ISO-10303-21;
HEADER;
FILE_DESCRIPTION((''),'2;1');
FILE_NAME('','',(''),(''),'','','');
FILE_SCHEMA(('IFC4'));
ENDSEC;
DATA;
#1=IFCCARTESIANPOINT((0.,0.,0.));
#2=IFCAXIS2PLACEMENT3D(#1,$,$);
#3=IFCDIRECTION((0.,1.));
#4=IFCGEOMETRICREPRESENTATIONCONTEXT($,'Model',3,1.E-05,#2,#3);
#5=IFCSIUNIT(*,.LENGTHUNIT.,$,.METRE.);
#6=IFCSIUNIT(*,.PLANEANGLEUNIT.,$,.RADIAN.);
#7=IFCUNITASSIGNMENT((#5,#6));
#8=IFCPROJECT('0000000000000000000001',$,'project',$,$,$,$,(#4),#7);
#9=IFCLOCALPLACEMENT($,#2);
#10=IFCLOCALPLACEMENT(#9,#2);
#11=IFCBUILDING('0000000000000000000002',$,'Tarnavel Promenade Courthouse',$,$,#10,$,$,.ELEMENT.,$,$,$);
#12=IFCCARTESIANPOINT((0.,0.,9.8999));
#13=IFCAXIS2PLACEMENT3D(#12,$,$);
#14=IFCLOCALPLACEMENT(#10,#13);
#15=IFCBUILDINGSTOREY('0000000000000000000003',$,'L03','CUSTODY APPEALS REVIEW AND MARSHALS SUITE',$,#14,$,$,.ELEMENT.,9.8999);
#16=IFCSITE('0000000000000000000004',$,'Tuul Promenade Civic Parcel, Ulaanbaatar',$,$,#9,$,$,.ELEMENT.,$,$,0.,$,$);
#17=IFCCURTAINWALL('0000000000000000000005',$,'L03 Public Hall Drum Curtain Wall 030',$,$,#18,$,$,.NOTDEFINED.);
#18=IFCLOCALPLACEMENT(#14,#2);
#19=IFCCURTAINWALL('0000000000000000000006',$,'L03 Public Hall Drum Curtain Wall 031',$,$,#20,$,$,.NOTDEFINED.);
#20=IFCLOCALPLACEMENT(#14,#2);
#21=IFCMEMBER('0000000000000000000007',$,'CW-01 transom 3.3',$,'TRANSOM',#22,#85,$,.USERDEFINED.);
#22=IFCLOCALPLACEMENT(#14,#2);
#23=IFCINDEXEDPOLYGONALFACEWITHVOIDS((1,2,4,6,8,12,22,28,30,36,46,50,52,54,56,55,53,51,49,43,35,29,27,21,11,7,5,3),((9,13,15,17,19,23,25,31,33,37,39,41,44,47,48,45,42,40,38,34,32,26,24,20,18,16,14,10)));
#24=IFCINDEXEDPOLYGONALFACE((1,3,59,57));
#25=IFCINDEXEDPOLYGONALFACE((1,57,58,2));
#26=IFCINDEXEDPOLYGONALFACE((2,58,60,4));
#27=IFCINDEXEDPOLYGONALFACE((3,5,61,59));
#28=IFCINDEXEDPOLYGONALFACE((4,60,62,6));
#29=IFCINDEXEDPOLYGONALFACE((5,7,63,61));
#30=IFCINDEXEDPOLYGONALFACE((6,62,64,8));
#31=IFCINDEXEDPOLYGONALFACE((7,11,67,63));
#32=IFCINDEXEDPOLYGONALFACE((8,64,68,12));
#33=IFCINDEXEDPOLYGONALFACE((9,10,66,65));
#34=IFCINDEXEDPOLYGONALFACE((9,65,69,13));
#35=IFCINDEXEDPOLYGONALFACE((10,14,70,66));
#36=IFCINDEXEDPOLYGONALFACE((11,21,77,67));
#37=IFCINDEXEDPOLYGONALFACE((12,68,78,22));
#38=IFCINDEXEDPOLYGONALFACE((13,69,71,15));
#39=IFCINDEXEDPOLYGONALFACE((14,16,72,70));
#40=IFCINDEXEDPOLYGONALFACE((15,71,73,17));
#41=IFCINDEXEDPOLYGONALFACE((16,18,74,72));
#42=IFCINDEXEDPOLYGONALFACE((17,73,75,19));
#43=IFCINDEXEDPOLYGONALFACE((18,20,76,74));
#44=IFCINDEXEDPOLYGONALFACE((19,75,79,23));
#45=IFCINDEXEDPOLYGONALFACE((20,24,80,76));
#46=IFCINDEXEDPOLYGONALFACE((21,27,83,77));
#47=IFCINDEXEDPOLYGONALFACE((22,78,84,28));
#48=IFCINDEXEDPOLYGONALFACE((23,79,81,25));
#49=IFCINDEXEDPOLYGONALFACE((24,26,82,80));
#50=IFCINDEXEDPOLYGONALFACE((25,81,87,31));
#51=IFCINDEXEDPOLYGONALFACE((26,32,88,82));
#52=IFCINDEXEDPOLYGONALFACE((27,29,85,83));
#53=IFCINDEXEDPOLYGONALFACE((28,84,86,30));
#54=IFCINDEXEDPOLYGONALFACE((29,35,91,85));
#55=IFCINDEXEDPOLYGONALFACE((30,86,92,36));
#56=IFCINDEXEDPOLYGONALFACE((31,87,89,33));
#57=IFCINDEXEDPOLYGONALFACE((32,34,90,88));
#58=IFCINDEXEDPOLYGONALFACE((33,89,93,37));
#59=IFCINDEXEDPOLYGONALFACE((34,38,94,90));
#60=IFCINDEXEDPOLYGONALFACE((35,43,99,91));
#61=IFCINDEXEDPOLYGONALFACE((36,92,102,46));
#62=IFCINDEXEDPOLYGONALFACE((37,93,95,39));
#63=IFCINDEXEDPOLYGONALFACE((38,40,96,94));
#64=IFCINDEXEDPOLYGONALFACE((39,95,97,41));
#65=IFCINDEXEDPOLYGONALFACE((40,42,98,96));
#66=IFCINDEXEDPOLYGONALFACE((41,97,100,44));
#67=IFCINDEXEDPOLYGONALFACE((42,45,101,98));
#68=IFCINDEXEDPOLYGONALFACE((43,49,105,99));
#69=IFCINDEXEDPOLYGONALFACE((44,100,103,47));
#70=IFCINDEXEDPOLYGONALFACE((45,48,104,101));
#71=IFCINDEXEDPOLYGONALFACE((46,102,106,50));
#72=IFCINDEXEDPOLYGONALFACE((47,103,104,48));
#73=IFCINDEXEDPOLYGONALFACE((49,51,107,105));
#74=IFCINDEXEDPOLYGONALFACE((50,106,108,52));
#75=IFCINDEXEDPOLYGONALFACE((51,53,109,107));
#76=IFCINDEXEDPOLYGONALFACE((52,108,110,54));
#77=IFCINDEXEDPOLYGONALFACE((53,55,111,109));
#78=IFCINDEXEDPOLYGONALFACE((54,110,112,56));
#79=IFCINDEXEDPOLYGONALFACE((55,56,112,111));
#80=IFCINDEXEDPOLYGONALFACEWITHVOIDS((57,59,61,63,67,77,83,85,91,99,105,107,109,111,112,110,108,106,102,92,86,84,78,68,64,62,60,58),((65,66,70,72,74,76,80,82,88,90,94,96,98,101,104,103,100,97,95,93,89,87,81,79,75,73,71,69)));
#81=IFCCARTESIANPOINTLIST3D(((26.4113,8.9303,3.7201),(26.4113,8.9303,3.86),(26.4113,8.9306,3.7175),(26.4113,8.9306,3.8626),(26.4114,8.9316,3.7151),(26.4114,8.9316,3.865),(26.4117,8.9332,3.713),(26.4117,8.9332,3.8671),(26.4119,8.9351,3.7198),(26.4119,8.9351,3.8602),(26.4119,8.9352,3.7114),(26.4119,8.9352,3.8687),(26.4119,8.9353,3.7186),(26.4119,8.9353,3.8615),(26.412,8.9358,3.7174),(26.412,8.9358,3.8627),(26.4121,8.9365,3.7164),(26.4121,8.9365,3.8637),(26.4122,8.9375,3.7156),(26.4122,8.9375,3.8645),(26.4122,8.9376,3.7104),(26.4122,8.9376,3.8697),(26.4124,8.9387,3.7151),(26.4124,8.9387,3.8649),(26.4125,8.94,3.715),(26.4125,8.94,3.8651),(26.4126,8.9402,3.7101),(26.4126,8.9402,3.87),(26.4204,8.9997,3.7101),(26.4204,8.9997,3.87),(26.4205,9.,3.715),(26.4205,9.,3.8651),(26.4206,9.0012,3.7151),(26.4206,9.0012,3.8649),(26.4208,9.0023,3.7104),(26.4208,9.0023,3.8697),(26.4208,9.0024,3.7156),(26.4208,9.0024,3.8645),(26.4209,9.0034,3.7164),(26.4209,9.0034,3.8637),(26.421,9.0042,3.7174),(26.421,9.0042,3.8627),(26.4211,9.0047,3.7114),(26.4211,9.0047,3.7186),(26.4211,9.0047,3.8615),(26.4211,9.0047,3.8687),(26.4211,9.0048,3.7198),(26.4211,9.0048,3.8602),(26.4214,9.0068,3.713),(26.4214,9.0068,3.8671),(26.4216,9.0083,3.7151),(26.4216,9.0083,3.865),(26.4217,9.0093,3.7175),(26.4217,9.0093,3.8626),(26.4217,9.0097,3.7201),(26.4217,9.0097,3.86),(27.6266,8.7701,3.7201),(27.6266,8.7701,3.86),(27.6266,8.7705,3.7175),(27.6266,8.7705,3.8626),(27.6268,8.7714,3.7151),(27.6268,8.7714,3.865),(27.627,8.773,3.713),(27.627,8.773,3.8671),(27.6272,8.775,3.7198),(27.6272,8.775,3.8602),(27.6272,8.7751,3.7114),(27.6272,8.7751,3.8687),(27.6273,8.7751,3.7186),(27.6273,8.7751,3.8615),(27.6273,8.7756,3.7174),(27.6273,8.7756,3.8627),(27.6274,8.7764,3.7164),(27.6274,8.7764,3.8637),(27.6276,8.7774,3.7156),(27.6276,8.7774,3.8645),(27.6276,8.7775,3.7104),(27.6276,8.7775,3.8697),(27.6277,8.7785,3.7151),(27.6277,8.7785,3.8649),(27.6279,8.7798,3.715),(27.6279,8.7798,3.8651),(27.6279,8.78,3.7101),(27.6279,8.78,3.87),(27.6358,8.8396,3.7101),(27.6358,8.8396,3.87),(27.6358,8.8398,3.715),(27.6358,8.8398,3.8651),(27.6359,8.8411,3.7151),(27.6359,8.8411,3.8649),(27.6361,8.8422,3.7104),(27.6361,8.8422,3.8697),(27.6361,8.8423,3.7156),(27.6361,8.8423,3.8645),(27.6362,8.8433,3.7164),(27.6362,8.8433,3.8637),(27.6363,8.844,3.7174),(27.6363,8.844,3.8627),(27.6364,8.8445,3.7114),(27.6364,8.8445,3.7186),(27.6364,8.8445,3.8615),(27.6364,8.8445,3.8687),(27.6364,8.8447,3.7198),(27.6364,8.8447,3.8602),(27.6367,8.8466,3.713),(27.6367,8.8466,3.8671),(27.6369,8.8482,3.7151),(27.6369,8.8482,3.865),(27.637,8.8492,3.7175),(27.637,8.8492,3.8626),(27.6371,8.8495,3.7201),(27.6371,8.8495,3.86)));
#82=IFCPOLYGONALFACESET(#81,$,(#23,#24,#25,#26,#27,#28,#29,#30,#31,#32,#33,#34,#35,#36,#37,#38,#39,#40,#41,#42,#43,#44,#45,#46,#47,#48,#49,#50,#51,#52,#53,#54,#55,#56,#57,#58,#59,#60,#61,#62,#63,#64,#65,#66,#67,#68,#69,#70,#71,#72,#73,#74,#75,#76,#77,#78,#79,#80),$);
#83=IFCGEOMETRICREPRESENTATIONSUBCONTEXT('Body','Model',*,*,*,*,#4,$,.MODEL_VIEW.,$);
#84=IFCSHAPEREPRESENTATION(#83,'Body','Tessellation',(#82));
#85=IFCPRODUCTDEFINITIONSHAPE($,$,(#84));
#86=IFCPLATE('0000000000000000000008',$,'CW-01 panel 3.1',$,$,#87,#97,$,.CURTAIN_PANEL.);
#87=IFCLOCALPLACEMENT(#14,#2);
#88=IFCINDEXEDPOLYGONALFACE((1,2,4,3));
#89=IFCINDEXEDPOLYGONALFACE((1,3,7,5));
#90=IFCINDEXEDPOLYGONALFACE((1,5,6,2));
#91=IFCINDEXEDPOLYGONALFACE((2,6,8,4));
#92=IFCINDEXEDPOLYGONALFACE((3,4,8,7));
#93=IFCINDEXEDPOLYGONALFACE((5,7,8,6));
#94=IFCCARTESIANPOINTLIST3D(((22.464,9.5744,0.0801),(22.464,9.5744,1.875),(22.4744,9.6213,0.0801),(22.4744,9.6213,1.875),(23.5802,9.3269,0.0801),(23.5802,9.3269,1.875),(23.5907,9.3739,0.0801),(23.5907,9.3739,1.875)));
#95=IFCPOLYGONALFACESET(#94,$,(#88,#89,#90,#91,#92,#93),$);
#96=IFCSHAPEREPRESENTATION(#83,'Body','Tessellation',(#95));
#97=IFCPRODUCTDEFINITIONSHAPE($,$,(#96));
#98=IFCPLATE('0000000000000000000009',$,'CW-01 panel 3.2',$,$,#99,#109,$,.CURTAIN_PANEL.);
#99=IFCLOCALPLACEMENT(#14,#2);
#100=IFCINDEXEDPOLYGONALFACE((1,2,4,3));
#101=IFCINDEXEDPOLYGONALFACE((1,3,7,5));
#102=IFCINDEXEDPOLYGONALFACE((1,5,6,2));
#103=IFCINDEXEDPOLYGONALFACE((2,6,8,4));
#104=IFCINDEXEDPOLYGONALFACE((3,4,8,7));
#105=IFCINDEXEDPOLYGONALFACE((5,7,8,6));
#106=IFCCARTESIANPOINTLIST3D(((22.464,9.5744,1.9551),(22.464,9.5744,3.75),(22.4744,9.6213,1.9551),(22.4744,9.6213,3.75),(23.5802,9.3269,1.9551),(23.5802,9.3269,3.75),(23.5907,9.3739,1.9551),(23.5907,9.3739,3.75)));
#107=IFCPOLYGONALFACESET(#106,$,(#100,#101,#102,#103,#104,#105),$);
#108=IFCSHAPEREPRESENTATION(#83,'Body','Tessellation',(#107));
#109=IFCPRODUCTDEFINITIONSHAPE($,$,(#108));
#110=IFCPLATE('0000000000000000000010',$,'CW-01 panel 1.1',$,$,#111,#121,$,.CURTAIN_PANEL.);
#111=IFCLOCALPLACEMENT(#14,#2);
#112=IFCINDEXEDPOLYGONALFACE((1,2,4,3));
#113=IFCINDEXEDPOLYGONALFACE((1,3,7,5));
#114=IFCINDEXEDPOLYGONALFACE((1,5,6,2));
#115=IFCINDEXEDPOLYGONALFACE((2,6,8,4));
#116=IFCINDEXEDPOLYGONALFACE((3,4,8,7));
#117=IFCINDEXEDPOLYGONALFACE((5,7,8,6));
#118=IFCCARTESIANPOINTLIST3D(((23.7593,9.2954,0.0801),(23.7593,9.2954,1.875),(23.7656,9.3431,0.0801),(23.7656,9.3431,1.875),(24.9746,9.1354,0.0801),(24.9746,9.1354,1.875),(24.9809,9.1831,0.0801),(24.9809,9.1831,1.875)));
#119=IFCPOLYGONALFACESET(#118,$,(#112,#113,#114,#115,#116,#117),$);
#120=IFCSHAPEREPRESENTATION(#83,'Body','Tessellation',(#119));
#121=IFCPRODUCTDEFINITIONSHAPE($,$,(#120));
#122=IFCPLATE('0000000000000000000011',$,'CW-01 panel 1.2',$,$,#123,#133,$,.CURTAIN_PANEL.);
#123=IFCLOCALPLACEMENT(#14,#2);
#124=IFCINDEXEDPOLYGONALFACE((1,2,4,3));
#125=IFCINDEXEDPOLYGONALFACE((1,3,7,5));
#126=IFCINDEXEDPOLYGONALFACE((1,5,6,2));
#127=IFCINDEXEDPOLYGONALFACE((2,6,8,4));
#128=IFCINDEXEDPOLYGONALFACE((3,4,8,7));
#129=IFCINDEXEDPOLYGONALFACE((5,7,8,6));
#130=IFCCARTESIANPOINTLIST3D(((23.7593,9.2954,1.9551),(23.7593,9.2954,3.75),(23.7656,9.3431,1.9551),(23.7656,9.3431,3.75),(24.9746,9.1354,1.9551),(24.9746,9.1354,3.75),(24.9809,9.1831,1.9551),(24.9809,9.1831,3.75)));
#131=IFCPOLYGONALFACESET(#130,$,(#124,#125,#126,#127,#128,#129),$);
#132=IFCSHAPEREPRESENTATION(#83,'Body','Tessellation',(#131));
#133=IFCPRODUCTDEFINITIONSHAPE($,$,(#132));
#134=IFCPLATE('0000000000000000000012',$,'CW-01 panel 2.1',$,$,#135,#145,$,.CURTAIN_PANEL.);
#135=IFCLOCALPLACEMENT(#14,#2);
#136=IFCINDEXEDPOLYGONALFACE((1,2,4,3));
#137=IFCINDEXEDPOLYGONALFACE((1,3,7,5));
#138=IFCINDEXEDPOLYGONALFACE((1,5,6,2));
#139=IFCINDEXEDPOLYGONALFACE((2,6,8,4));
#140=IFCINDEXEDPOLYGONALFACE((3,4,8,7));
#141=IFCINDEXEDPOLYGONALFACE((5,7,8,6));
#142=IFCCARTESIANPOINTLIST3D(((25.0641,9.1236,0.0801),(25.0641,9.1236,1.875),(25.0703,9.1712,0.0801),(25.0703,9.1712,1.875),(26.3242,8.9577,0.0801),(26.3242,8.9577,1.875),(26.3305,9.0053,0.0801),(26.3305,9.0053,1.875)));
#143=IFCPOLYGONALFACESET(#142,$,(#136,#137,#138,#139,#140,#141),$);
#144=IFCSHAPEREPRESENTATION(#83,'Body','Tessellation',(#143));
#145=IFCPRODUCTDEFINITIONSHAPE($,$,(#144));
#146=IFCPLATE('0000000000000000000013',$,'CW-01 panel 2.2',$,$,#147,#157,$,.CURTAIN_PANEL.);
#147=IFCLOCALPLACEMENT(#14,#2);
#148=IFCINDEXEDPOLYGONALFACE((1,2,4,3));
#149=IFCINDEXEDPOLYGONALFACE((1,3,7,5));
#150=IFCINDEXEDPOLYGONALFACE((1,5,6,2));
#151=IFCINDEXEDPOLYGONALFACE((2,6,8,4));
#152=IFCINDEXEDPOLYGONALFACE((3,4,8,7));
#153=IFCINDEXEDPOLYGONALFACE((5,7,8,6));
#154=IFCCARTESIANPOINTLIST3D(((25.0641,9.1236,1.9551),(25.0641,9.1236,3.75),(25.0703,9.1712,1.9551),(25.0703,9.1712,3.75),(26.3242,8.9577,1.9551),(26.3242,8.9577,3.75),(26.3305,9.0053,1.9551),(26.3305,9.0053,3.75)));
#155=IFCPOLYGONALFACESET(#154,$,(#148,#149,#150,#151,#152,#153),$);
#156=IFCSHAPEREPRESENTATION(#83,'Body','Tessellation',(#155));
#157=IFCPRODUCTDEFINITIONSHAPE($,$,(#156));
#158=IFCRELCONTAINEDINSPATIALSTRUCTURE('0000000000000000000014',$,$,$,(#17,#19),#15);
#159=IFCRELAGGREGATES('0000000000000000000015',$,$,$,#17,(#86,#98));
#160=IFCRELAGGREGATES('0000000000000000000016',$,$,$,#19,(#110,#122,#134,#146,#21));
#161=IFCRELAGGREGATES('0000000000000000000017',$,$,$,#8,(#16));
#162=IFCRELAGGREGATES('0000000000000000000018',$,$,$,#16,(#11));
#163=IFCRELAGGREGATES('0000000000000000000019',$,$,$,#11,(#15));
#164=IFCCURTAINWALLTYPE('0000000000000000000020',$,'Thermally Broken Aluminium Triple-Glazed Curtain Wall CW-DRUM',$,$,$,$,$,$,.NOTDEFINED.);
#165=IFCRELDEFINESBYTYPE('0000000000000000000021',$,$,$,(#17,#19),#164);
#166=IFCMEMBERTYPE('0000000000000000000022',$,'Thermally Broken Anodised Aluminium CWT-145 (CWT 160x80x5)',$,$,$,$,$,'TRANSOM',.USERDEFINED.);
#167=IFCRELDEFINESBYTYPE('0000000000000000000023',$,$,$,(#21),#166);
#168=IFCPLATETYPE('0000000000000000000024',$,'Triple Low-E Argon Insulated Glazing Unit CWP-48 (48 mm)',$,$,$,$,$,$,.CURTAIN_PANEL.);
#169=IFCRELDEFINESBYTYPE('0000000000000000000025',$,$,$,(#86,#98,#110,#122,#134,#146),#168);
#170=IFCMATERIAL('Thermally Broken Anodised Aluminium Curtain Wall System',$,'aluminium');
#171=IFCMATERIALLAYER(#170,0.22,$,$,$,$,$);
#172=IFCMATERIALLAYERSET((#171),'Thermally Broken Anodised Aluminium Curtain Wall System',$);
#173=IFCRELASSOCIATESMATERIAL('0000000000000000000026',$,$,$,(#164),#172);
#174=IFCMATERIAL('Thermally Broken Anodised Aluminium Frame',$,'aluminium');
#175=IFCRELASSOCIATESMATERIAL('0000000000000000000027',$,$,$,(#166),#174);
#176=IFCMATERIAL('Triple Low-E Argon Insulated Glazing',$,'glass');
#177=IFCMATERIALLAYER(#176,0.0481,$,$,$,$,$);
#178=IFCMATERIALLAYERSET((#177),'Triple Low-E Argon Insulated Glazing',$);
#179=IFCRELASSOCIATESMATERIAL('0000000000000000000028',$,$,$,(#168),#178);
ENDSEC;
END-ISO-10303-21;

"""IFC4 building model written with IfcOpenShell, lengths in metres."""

from ifc_helpers import new_model, si_unit, direction, frame, origin, origin_2d, place, context, subcontext, project, spatial, rectangle, hollow_rectangle, extrude, material, layer, layer_set, material_profile, profile_set, type_object, element, aggregate, save


model = new_model("IFC4")

# Units and contexts
model_context = context("Model", 3, precision=1e-05, world=origin(), true_north=direction((0.0, 1.0)))
body_context = subcontext(model_context, "Body", "Model", "MODEL_VIEW")
ifc_project = project(units=[si_unit("LENGTHUNIT", "METRE"), si_unit("PLANEANGLEUNIT", "RADIAN")], contexts=[model_context])

# Site, building, storey
site_placement = place(None, origin())
site = spatial("IfcSite", under=ifc_project, at=site_placement, Name="Tuul Promenade Civic Parcel, Ulaanbaatar", CompositionType="ELEMENT", RefElevation=0.0)
building_placement = place(site_placement, origin())
building = spatial("IfcBuilding", under=site, at=building_placement, Name="Tarnavel Promenade Courthouse", CompositionType="ELEMENT")
storey_placement = place(building_placement, frame((0.0, 0.0, 9.8999)))
storey = spatial("IfcBuildingStorey", under=building, at=storey_placement, Name="L03", Description="CUSTODY APPEALS REVIEW AND MARSHALS SUITE", CompositionType="ELEMENT", Elevation=9.8999)

# Curtain wall
ifc_material_1 = material(Name="Thermally Broken Anodised Aluminium Curtain Wall System", Category="aluminium")
ifc_layer_1 = layer(ifc_material_1, 0.22)
ifc_layer_set_1 = layer_set([ifc_layer_1], Name="Thermally Broken Anodised Aluminium Curtain Wall System")
curtain_wall_type = type_object("IfcCurtainWallType", Name="Thermally Broken Aluminium Triple-Glazed Curtain Wall CW-DRUM", PredefinedType="NOTDEFINED", material=ifc_layer_set_1)
curtain_wall_1_placement = place(storey_placement, origin())
curtain_wall_1 = element("IfcCurtainWall", 1, at=curtain_wall_1_placement, inside=storey, type_object=curtain_wall_type, Name="L03 Public Hall Drum Curtain Wall 030", PredefinedType="NOTDEFINED")
ifc_material_2 = material(Name="Thermally Broken Anodised Aluminium Frame", Category="aluminium")

# Curtain wall
curtain_wall_2_placement = place(storey_placement, origin())
curtain_wall_2 = element("IfcCurtainWall", 2, at=curtain_wall_2_placement, inside=storey, type_object=curtain_wall_type, Name="L03 Public Hall Drum Curtain Wall 031", PredefinedType="NOTDEFINED")

# Member
ifc_material_profile_1 = material_profile(ifc_material_2, hollow_rectangle(XDim=0.0801, YDim=0.1599, WallThickness=0.0049, InnerFilletRadius=0.0049, OuterFilletRadius=0.01, at=origin_2d()), Name="CWT 160x80x5")
ifc_profile_set_1 = profile_set([ifc_material_profile_1], Name="Thermally Broken Anodised Aluminium Frame")
member_type_1 = type_object("IfcMemberType", Name="Thermally Broken Anodised Aluminium CWT-145 (CWT 160x80x5)", ElementType="TRANSOM", PredefinedType="USERDEFINED", material=ifc_profile_set_1)
member_1_placement = place(storey_placement, frame((26.4165, 8.97, 3.79), z_axis=(0.991429, -0.13065, 0.0), x_axis=(0.13065, 0.991429, 0.0)))
member_1 = element("IfcMember", 3, at=member_1_placement, type_object=member_type_1, Name="CW-01 transom 3.3", ObjectType="TRANSOM", PredefinedType="USERDEFINED", context=body_context, shape_type="SweptSolid", body=[
    extrude(hollow_rectangle(XDim=0.0801, YDim=0.1599, WallThickness=0.0049, InnerFilletRadius=0.0049, OuterFilletRadius=0.01, at=origin_2d()), origin(), (0.0, 0.0, 1.0), 1.2258),
])

# Plates
ifc_material_3 = material(Name="Triple Low-E Argon Insulated Glazing", Category="glass")
ifc_layer_2 = layer(ifc_material_3, 0.0481)
ifc_layer_set_2 = layer_set([ifc_layer_2], Name="Triple Low-E Argon Insulated Glazing")
plate_type = type_object("IfcPlateType", Name="Triple Low-E Argon Insulated Glazing Unit CWP-48 (48 mm)", PredefinedType="CURTAIN_PANEL", material=ifc_layer_set_2)
plate_1_placement = place(storey_placement, frame((23.0273, 9.4741, 0.0801), z_axis=(0.0, 0.0, 1.0), x_axis=(0.976296, -0.216438, 0.0)))
plate_1 = element("IfcPlate", 4, at=plate_1_placement, type_object=plate_type, Name="CW-01 panel 3.1", PredefinedType="CURTAIN_PANEL", context=body_context, shape_type="SweptSolid", body=[
    extrude(rectangle(XDim=1.1433, YDim=0.0481, at=origin_2d()), origin(), (0.0, 0.0, 1.0), 1.7949),
])
plate_2_placement = place(storey_placement, frame((23.0273, 9.4741, 1.9551), z_axis=(0.0, 0.0, 1.0), x_axis=(0.976296, -0.216438, 0.0)))
plate_2 = element("IfcPlate", 5, at=plate_2_placement, type_object=plate_type, Name="CW-01 panel 3.2", PredefinedType="CURTAIN_PANEL", context=body_context, shape_type="SweptSolid", body=[
    extrude(rectangle(XDim=1.1433, YDim=0.0481, at=origin_2d()), origin(), (0.0, 0.0, 1.0), 1.7949),
])
aggregate(curtain_wall_1, [plate_1, plate_2])
plate_3_placement = place(storey_placement, frame((24.3701, 9.2393, 0.0801), z_axis=(0.0, 0.0, 1.0), x_axis=(0.991445, -0.130527, 0.0)))
plate_3 = element("IfcPlate", 6, at=plate_3_placement, type_object=plate_type, Name="CW-01 panel 1.1", PredefinedType="CURTAIN_PANEL", context=body_context, shape_type="SweptSolid", body=[
    extrude(rectangle(XDim=1.2258, YDim=0.0481, at=origin_2d()), origin(), (0.0, 0.0, 1.0), 1.7949),
])
plate_4_placement = place(storey_placement, frame((24.3701, 9.2393, 1.9551), z_axis=(0.0, 0.0, 1.0), x_axis=(0.991445, -0.130527, 0.0)))
plate_4 = element("IfcPlate", 7, at=plate_4_placement, type_object=plate_type, Name="CW-01 panel 1.2", PredefinedType="CURTAIN_PANEL", context=body_context, shape_type="SweptSolid", body=[
    extrude(rectangle(XDim=1.2258, YDim=0.0481, at=origin_2d()), origin(), (0.0, 0.0, 1.0), 1.7949),
])
plate_5_placement = place(storey_placement, frame((25.6973, 9.0645, 0.0801), z_axis=(0.0, 0.0, 1.0), x_axis=(0.991445, -0.130527, 0.0)))
plate_5 = element("IfcPlate", 8, at=plate_5_placement, type_object=plate_type, Name="CW-01 panel 2.1", PredefinedType="CURTAIN_PANEL", context=body_context, shape_type="SweptSolid", body=[
    extrude(rectangle(XDim=1.271, YDim=0.0481, at=origin_2d()), origin(), (0.0, 0.0, 1.0), 1.7949),
])
plate_6_placement = place(storey_placement, frame((25.6973, 9.0645, 1.9551), z_axis=(0.0, 0.0, 1.0), x_axis=(0.991445, -0.130527, 0.0)))
plate_6 = element("IfcPlate", 9, at=plate_6_placement, type_object=plate_type, Name="CW-01 panel 2.2", PredefinedType="CURTAIN_PANEL", context=body_context, shape_type="SweptSolid", body=[
    extrude(rectangle(XDim=1.271, YDim=0.0481, at=origin_2d()), origin(), (0.0, 0.0, 1.0), 1.7949),
])
aggregate(curtain_wall_2, [plate_3, plate_4, plate_5, plate_6, member_1])

save(model, "model.ifc")
